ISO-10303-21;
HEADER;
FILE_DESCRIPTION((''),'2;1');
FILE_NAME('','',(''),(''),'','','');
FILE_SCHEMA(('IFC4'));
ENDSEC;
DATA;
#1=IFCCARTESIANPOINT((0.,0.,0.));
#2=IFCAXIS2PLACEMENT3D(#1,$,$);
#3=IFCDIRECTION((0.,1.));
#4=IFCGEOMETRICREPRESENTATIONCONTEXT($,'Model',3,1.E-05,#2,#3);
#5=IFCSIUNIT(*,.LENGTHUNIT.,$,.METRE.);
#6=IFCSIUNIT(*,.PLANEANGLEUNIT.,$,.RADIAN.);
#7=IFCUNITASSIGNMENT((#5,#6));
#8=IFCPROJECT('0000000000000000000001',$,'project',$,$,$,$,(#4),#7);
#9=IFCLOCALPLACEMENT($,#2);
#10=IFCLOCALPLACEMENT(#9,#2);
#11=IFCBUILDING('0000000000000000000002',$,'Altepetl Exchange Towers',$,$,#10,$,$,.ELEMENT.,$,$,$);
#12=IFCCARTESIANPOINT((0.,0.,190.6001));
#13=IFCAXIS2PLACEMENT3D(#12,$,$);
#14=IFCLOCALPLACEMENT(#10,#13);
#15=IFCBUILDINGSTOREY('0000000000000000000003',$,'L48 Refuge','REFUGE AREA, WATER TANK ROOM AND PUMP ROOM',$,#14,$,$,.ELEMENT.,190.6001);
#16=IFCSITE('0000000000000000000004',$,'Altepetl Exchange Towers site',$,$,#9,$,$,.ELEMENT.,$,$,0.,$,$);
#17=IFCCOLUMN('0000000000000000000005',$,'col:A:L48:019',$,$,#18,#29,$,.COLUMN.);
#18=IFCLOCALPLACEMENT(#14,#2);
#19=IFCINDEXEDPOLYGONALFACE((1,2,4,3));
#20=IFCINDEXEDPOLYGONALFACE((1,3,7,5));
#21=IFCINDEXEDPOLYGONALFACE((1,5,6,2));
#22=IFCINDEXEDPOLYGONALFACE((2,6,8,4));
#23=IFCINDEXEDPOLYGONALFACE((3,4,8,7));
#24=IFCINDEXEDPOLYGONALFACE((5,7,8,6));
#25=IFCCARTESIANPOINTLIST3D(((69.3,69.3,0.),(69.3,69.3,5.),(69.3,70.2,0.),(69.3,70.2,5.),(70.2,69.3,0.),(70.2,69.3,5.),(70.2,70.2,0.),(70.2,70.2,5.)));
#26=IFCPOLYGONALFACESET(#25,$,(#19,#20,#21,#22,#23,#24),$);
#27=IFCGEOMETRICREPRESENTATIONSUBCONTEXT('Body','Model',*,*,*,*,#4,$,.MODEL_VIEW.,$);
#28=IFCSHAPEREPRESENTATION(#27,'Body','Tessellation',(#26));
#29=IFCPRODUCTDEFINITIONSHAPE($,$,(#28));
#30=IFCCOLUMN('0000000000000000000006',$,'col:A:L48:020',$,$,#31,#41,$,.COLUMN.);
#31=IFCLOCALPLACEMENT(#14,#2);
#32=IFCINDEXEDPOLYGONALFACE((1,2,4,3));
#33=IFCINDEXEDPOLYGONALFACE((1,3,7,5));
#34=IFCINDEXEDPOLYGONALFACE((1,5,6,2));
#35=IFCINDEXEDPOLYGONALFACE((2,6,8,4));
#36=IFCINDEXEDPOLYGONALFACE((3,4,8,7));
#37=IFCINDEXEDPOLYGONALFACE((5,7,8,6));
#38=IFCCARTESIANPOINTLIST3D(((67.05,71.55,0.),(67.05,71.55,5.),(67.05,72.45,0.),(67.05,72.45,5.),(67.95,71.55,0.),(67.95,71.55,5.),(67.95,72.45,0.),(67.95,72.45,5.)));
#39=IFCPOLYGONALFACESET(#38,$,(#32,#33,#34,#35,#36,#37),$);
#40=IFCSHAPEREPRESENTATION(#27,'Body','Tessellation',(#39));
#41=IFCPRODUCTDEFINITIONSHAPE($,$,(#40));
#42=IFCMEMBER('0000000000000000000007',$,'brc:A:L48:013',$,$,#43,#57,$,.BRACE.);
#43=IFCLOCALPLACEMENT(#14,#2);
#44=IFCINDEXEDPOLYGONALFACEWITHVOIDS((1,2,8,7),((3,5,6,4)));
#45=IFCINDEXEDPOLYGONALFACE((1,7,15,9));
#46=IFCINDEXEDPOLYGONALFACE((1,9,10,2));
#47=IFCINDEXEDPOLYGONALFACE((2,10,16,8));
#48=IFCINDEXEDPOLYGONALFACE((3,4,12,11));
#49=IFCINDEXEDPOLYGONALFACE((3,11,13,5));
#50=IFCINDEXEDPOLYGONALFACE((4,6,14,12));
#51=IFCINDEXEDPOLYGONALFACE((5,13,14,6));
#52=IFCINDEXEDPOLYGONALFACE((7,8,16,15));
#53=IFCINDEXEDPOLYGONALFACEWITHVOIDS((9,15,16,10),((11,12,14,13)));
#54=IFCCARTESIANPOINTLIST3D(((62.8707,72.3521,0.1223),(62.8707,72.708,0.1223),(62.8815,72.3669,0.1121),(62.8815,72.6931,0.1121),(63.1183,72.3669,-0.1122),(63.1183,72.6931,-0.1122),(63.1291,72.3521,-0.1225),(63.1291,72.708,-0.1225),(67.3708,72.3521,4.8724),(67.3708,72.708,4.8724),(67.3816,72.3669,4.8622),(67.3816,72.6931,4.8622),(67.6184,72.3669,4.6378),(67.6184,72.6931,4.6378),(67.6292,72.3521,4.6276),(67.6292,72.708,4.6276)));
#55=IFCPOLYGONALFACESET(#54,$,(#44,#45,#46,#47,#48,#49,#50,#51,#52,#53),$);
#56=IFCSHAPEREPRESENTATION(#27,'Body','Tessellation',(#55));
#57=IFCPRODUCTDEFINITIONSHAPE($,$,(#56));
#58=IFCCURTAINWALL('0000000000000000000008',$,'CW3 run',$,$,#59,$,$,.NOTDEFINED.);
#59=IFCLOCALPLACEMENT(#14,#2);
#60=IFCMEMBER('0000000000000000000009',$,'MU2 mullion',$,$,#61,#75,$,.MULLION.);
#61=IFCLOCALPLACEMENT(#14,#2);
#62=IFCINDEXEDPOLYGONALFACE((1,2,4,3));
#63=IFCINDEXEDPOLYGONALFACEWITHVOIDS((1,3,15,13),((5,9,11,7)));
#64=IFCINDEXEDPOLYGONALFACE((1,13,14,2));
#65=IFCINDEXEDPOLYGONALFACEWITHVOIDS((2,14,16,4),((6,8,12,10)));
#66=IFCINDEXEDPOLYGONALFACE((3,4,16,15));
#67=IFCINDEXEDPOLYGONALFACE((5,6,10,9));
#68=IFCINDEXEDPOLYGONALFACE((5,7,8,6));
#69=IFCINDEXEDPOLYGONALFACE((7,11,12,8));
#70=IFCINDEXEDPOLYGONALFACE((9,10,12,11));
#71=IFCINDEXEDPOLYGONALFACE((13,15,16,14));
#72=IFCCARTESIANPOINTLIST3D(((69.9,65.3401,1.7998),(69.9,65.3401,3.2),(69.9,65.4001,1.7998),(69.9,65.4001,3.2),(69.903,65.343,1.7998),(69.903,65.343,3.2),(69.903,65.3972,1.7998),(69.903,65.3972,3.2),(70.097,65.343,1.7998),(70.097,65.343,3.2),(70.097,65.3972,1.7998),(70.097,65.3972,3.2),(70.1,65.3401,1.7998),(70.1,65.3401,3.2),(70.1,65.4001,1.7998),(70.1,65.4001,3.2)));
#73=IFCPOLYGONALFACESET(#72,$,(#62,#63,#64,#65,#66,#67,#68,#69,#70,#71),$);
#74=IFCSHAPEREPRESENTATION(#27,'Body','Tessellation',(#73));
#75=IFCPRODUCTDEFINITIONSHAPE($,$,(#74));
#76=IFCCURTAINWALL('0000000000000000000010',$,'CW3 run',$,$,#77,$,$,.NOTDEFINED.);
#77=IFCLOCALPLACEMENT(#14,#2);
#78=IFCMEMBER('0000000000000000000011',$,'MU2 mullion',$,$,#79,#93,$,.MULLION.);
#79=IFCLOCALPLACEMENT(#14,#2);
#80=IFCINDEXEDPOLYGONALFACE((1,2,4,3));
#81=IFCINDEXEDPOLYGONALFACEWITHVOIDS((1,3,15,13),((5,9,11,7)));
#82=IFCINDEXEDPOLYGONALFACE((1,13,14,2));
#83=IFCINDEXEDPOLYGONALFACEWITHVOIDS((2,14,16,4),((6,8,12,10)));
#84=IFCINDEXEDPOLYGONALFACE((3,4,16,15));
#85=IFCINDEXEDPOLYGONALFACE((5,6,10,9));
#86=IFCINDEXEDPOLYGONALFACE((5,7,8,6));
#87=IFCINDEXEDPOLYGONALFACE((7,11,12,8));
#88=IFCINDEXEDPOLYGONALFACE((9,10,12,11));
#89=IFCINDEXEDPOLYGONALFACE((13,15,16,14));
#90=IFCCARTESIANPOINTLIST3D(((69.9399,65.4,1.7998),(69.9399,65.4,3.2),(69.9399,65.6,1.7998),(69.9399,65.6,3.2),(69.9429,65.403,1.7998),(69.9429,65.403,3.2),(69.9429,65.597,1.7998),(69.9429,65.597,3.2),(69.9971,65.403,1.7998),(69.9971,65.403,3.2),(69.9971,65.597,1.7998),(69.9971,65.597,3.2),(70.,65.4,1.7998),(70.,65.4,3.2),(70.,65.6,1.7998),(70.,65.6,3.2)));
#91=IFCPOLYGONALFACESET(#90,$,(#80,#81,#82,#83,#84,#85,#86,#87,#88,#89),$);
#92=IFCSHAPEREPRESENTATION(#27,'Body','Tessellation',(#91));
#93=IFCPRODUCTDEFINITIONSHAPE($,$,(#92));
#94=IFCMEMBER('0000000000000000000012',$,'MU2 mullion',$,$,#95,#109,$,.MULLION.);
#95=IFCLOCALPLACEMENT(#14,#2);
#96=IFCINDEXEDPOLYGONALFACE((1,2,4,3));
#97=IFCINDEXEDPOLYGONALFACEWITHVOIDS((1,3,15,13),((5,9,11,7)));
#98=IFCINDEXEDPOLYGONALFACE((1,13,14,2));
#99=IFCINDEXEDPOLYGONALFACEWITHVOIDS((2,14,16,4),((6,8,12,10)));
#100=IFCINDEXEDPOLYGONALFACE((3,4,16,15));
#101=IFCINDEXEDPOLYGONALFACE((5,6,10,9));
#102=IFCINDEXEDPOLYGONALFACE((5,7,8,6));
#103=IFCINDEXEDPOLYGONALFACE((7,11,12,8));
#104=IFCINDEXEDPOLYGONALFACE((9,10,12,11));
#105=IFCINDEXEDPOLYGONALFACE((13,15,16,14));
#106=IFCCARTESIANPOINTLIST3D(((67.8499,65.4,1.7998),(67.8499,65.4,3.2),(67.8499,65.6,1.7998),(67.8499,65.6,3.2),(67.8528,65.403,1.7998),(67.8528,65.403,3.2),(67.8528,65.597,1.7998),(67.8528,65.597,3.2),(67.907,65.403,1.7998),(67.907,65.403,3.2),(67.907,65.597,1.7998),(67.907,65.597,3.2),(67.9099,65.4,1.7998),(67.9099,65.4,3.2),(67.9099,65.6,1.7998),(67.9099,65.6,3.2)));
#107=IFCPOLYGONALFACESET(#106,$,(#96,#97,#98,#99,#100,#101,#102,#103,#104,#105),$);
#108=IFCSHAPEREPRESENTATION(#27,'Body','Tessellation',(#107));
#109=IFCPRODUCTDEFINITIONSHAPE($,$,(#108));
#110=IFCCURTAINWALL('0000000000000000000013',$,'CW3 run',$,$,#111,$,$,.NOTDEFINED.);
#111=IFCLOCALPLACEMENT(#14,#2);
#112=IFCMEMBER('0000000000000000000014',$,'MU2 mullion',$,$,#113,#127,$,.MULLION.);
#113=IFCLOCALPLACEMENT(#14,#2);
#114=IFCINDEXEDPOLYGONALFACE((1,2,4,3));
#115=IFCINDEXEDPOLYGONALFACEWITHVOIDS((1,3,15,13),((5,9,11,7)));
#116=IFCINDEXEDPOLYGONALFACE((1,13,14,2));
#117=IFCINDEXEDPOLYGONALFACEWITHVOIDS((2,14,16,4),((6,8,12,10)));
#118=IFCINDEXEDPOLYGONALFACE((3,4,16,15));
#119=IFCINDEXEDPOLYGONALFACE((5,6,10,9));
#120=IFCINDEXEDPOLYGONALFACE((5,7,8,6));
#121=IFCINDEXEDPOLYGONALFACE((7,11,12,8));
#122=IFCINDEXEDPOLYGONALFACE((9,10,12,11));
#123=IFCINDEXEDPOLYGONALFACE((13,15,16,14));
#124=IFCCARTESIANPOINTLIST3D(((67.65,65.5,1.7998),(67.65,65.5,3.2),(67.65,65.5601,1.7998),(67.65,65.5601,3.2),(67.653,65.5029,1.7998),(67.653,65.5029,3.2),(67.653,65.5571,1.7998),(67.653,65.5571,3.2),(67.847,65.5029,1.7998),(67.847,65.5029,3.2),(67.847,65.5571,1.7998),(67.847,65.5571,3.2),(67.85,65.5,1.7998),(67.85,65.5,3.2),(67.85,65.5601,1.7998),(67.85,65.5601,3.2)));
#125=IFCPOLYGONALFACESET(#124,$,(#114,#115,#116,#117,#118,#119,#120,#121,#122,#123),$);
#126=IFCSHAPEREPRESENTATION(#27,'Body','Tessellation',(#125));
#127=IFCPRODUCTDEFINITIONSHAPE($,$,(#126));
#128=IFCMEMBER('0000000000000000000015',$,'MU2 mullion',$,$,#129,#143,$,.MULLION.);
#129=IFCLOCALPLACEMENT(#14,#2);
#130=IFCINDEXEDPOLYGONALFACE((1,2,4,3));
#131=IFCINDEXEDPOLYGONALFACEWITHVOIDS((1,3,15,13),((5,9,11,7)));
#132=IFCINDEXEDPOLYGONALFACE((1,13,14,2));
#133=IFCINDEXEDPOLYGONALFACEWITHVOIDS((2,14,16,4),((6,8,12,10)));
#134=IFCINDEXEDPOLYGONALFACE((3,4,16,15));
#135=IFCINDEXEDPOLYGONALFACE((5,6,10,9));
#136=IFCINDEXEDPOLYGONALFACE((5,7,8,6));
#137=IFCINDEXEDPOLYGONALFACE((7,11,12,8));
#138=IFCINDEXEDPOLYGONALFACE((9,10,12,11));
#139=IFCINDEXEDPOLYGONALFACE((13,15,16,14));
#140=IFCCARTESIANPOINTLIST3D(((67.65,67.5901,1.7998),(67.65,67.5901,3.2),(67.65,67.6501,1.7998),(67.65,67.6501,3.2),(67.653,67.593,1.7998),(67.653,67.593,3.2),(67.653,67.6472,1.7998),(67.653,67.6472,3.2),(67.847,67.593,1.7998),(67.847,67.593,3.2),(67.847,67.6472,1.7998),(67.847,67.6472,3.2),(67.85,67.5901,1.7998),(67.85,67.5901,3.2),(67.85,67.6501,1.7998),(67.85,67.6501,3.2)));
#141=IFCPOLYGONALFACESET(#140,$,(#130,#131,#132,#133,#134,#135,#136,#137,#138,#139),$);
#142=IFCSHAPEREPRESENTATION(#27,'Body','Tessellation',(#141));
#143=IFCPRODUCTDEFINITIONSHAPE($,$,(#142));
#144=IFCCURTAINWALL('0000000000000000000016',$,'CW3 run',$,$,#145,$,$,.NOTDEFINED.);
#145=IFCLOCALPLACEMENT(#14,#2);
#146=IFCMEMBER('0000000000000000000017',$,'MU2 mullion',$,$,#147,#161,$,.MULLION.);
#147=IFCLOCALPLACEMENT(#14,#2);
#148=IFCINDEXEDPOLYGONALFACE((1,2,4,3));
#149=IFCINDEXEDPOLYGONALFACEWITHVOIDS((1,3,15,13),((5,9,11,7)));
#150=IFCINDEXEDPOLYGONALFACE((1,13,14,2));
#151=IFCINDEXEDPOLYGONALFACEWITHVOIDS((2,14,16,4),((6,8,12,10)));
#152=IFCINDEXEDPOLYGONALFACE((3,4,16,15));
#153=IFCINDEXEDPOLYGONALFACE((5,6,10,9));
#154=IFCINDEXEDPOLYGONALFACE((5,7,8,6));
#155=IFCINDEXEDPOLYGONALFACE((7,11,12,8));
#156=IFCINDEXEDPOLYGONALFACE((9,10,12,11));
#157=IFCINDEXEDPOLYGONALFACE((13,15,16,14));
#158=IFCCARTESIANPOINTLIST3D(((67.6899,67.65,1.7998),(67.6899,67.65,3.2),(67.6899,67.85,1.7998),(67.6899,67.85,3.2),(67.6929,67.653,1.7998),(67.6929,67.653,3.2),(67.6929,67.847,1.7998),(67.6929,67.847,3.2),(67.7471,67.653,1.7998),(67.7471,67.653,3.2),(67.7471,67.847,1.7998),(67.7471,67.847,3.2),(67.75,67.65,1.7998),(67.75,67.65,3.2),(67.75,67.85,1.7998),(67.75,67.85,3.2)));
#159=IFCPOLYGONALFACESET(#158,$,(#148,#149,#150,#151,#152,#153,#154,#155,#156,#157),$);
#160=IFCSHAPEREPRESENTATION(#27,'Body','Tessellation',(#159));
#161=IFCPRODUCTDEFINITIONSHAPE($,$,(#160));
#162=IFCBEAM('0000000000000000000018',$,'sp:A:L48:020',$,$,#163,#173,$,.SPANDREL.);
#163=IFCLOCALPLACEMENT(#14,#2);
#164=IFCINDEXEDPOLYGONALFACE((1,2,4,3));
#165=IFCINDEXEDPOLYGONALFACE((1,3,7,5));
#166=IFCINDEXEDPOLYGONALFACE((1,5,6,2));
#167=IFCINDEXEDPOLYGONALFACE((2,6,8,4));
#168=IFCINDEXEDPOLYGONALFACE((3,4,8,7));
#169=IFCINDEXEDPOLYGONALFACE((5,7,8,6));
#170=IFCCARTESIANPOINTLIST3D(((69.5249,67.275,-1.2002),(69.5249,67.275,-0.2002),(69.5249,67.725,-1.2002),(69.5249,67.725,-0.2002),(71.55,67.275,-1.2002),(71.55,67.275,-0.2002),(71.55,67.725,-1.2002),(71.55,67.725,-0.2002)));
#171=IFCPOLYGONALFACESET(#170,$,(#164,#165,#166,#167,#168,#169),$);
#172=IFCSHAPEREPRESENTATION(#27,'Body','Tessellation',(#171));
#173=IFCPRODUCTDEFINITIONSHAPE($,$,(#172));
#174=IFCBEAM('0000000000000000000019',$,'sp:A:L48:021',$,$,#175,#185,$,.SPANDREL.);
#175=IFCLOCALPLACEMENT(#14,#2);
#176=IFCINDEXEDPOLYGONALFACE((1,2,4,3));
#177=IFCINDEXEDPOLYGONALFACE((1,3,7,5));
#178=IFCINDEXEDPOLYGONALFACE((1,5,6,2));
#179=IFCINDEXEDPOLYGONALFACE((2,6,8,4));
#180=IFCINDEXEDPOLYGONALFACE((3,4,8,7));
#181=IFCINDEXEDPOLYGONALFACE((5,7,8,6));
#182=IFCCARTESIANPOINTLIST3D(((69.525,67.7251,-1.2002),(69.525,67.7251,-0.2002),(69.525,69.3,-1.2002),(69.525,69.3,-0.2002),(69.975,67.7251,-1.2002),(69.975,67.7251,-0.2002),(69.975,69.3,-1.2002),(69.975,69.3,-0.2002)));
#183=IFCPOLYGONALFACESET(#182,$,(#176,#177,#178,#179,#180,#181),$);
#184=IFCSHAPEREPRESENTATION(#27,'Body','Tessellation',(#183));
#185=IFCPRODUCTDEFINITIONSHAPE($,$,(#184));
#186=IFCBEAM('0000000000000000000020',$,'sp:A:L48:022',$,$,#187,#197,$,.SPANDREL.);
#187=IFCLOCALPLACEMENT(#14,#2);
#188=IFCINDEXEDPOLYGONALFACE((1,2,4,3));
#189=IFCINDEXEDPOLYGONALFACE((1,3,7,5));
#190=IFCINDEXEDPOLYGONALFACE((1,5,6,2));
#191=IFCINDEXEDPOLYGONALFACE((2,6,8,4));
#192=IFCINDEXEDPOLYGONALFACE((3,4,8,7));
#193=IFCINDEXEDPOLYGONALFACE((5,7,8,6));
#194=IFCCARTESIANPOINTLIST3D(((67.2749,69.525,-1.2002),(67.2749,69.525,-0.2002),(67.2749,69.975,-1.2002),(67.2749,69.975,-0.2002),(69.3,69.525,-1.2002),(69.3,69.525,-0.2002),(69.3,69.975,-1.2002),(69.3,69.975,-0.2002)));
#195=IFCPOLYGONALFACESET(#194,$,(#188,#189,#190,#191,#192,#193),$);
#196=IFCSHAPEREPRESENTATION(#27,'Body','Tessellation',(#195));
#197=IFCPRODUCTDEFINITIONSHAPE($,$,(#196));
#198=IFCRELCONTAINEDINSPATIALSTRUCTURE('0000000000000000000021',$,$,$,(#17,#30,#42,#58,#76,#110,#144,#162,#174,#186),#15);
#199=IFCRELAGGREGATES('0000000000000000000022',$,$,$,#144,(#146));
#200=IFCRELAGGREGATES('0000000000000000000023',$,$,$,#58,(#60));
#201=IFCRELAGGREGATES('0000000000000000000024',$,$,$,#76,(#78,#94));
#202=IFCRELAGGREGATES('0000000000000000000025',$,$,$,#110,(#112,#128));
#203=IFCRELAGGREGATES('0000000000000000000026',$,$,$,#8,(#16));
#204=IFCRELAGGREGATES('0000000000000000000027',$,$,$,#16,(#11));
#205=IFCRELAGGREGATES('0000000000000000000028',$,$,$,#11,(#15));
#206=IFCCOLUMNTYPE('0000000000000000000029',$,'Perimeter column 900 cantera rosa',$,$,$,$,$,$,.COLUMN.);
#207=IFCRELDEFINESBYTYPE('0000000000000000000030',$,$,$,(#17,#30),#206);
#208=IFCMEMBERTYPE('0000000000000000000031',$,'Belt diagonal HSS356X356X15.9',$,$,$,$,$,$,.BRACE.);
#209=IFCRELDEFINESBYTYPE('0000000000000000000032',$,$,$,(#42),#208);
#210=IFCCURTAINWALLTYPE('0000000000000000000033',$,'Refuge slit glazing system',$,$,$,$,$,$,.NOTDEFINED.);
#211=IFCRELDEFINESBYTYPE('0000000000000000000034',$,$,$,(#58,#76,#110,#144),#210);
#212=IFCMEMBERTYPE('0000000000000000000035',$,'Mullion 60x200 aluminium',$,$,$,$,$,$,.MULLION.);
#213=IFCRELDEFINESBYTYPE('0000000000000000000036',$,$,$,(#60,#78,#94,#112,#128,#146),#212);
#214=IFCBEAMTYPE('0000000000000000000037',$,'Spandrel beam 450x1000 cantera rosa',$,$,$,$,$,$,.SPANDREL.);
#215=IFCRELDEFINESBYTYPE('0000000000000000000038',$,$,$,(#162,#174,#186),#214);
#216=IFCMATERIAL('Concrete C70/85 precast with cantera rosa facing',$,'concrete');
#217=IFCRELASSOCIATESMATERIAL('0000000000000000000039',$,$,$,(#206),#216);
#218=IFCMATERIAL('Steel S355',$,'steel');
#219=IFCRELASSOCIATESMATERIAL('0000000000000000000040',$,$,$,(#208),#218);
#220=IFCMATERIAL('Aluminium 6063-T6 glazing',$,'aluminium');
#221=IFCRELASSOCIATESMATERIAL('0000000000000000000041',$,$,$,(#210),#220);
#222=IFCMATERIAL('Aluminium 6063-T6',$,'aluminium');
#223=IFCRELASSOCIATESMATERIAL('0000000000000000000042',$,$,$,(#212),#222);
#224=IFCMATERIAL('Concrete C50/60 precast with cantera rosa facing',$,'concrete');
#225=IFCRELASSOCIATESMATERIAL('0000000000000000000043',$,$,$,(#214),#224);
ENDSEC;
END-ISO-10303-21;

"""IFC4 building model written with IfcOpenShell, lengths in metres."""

from ifc_helpers import new_model, si_unit, direction, frame, origin, origin_2d, place, context, subcontext, project, spatial, rectangle, hollow_rectangle, extrude, material, material_profile, profile_set, type_object, element, aggregate, save


model = new_model("IFC4")

# Units and contexts
model_context = context("Model", 3, precision=1e-05, world=origin(), true_north=direction((0.0, 1.0)))
body_context = subcontext(model_context, "Body", "Model", "MODEL_VIEW")
ifc_project = project(units=[si_unit("LENGTHUNIT", "METRE"), si_unit("PLANEANGLEUNIT", "RADIAN")], contexts=[model_context])

# Site, building, storey
site_placement = place(None, origin())
site = spatial("IfcSite", under=ifc_project, at=site_placement, Name="Altepetl Exchange Towers site", CompositionType="ELEMENT", RefElevation=0.0)
building_placement = place(site_placement, origin())
building = spatial("IfcBuilding", under=site, at=building_placement, Name="Altepetl Exchange Towers", CompositionType="ELEMENT")
storey_placement = place(building_placement, frame((0.0, 0.0, 190.6001)))
storey = spatial("IfcBuildingStorey", under=building, at=storey_placement, Name="L48 Refuge", Description="REFUGE AREA, WATER TANK ROOM AND PUMP ROOM", CompositionType="ELEMENT", Elevation=190.6001)

# Columns
ifc_material_1 = material(Name="Concrete C70/85 precast with cantera rosa facing", Category="concrete")
ifc_material_profile_1 = material_profile(ifc_material_1, rectangle(XDim=0.8999, YDim=0.8999, at=origin_2d()), Name="900 x 900")
ifc_profile_set_1 = profile_set([ifc_material_profile_1], Name="Concrete C70/85 precast with cantera rosa facing")
column_type = type_object("IfcColumnType", Name="Perimeter column 900 cantera rosa", PredefinedType="COLUMN", material=ifc_profile_set_1)
for number, where, name in (
    (1, (69.75, 69.75, 0.0), "col:A:L48:019"),
    (2, (67.5, 72.0, 0.0), "col:A:L48:020"),
):
    element("IfcColumn", number, at=place(storey_placement, frame(where)), inside=storey, type_object=column_type, Name=name, PredefinedType="COLUMN", context=body_context, shape_type="SweptSolid", body=[
        extrude(rectangle(XDim=0.8999, YDim=0.8999, at=origin_2d()), origin(), (0.0, 0.0, 1.0), 5.0),
    ])

# Member
ifc_material_2 = material(Name="Steel S355", Category="steel")
ifc_material_profile_2 = material_profile(ifc_material_2, hollow_rectangle(XDim=0.356, YDim=0.356, WallThickness=0.0149, at=origin_2d()), Name="HSS356X356X15.9")
ifc_profile_set_2 = profile_set([ifc_material_profile_2], Name="Steel S355")
member_type_1 = type_object("IfcMemberType", Name="Belt diagonal HSS356X356X15.9", PredefinedType="BRACE", material=ifc_profile_set_2)
member_1_placement = place(storey_placement, frame((67.5, 72.53, 4.75), z_axis=(-0.687745, 0.0, -0.725953), x_axis=(0.0, -1.0, 0.0)))
element("IfcMember", 3, at=member_1_placement, inside=storey, type_object=member_type_1, Name="brc:A:L48:013", PredefinedType="BRACE", context=body_context, shape_type="SweptSolid", body=[
    extrude(hollow_rectangle(XDim=0.356, YDim=0.356, WallThickness=0.0149, at=origin_2d()), origin(), (0.0, 0.0, 1.0), 6.5432),
])

# Curtain wall, member
ifc_material_3 = material(Name="Aluminium 6063-T6 glazing", Category="aluminium")
curtain_wall_type = type_object("IfcCurtainWallType", Name="Refuge slit glazing system", PredefinedType="NOTDEFINED", material=ifc_material_3)
curtain_wall_1_placement = place(storey_placement, origin())
curtain_wall_1 = element("IfcCurtainWall", 4, at=curtain_wall_1_placement, inside=storey, type_object=curtain_wall_type, Name="CW3 run", PredefinedType="NOTDEFINED")
ifc_material_4 = material(Name="Aluminium 6063-T6", Category="aluminium")
ifc_material_profile_3 = material_profile(ifc_material_4, hollow_rectangle(XDim=0.0601, YDim=0.2, WallThickness=0.0029, at=origin_2d()), Name="Mullion 60x200 aluminium")
ifc_profile_set_3 = profile_set([ifc_material_profile_3], Name="Aluminium 6063-T6")
member_type_2 = type_object("IfcMemberType", Name="Mullion 60x200 aluminium", PredefinedType="MULLION", material=ifc_profile_set_3)
member_2_placement = place(storey_placement, frame((70.0, 65.3701, 1.7998), z_axis=(0.0, 0.0, 1.0), x_axis=(0.0, 1.0, 0.0)))
member_2 = element("IfcMember", 5, at=member_2_placement, type_object=member_type_2, Name="MU2 mullion", PredefinedType="MULLION", context=body_context, shape_type="SweptSolid", body=[
    extrude(hollow_rectangle(XDim=0.0601, YDim=0.2, WallThickness=0.0029, at=origin_2d()), origin(), (0.0, 0.0, 1.0), 1.4001),
])

# Curtain walls, members
curtain_wall_2_placement = place(storey_placement, origin())
curtain_wall_2 = element("IfcCurtainWall", 6, at=curtain_wall_2_placement, inside=storey, type_object=curtain_wall_type, Name="CW3 run", PredefinedType="NOTDEFINED")
member_3_placement = place(storey_placement, frame((69.97, 65.5, 1.7998), z_axis=(0.0, 0.0, 1.0), x_axis=(-1.0, 0.0, 0.0)))
member_3 = element("IfcMember", 7, at=member_3_placement, type_object=member_type_2, Name="MU2 mullion", PredefinedType="MULLION", context=body_context, shape_type="SweptSolid", body=[
    extrude(hollow_rectangle(XDim=0.0601, YDim=0.2, WallThickness=0.0029, at=origin_2d()), origin(), (0.0, 0.0, 1.0), 1.4001),
])
member_4_placement = place(storey_placement, frame((67.8799, 65.5, 1.7998), z_axis=(0.0, 0.0, 1.0), x_axis=(-1.0, 0.0, 0.0)))
member_4 = element("IfcMember", 8, at=member_4_placement, type_object=member_type_2, Name="MU2 mullion", PredefinedType="MULLION", context=body_context, shape_type="SweptSolid", body=[
    extrude(hollow_rectangle(XDim=0.0601, YDim=0.2, WallThickness=0.0029, at=origin_2d()), origin(), (0.0, 0.0, 1.0), 1.4001),
])
curtain_wall_3_placement = place(storey_placement, origin())
curtain_wall_3 = element("IfcCurtainWall", 9, at=curtain_wall_3_placement, inside=storey, type_object=curtain_wall_type, Name="CW3 run", PredefinedType="NOTDEFINED")
member_5_placement = place(storey_placement, frame((67.75, 65.53, 1.7998), z_axis=(0.0, 0.0, 1.0), x_axis=(0.0, 1.0, 0.0)))
member_5 = element("IfcMember", 10, at=member_5_placement, type_object=member_type_2, Name="MU2 mullion", PredefinedType="MULLION", context=body_context, shape_type="SweptSolid", body=[
    extrude(hollow_rectangle(XDim=0.0601, YDim=0.2, WallThickness=0.0029, at=origin_2d()), origin(), (0.0, 0.0, 1.0), 1.4001),
])
member_6_placement = place(storey_placement, frame((67.75, 67.6201, 1.7998), z_axis=(0.0, 0.0, 1.0), x_axis=(0.0, 1.0, 0.0)))
member_6 = element("IfcMember", 11, at=member_6_placement, type_object=member_type_2, Name="MU2 mullion", PredefinedType="MULLION", context=body_context, shape_type="SweptSolid", body=[
    extrude(hollow_rectangle(XDim=0.0601, YDim=0.2, WallThickness=0.0029, at=origin_2d()), origin(), (0.0, 0.0, 1.0), 1.4001),
])

# Curtain wall, member
curtain_wall_4_placement = place(storey_placement, origin())
curtain_wall_4 = element("IfcCurtainWall", 12, at=curtain_wall_4_placement, inside=storey, type_object=curtain_wall_type, Name="CW3 run", PredefinedType="NOTDEFINED")
member_7_placement = place(storey_placement, frame((67.72, 67.75, 1.7998), z_axis=(0.0, 0.0, 1.0), x_axis=(-1.0, 0.0, 0.0)))
member_7 = element("IfcMember", 13, at=member_7_placement, type_object=member_type_2, Name="MU2 mullion", PredefinedType="MULLION", context=body_context, shape_type="SweptSolid", body=[
    extrude(hollow_rectangle(XDim=0.0601, YDim=0.2, WallThickness=0.0029, at=origin_2d()), origin(), (0.0, 0.0, 1.0), 1.4001),
])
aggregate(curtain_wall_4, [member_7])

# Beams
ifc_material_5 = material(Name="Concrete C50/60 precast with cantera rosa facing", Category="concrete")
ifc_material_profile_4 = material_profile(ifc_material_5, rectangle(XDim=0.45, YDim=1.0, at=origin_2d()), Name="450 x 1000")
ifc_profile_set_4 = profile_set([ifc_material_profile_4], Name="Concrete C50/60 precast with cantera rosa facing")
beam_type = type_object("IfcBeamType", Name="Spandrel beam 450x1000 cantera rosa", PredefinedType="SPANDREL", material=ifc_profile_set_4)
beam_1_placement = place(storey_placement, frame((71.55, 67.5, -0.7002), z_axis=(-1.0, 0.0, 0.0), x_axis=(0.0, -1.0, 0.0)))
element("IfcBeam", 14, at=beam_1_placement, inside=storey, type_object=beam_type, Name="sp:A:L48:020", PredefinedType="SPANDREL", context=body_context, shape_type="SweptSolid", body=[
    extrude(rectangle(XDim=0.45, YDim=1.0, at=origin_2d()), origin(), (0.0, 0.0, 1.0), 2.0251),
])
beam_2_placement = place(storey_placement, frame((69.75, 67.7251, -0.7002), z_axis=(0.0, 1.0, 0.0), x_axis=(-1.0, 0.0, 0.0)))
element("IfcBeam", 15, at=beam_2_placement, inside=storey, type_object=beam_type, Name="sp:A:L48:021", PredefinedType="SPANDREL", context=body_context, shape_type="SweptSolid", body=[
    extrude(rectangle(XDim=0.45, YDim=1.0, at=origin_2d()), origin(), (0.0, 0.0, 1.0), 1.575),
])
beam_3_placement = place(storey_placement, frame((69.3, 69.75, -0.7002), z_axis=(-1.0, 0.0, 0.0), x_axis=(0.0, -1.0, 0.0)))
element("IfcBeam", 16, at=beam_3_placement, inside=storey, type_object=beam_type, Name="sp:A:L48:022", PredefinedType="SPANDREL", context=body_context, shape_type="SweptSolid", body=[
    extrude(rectangle(XDim=0.45, YDim=1.0, at=origin_2d()), origin(), (0.0, 0.0, 1.0), 2.0251),
])

aggregate(curtain_wall_1, [member_2])
aggregate(curtain_wall_2, [member_3, member_4])
aggregate(curtain_wall_3, [member_5, member_6])

save(model, "model.ifc")
